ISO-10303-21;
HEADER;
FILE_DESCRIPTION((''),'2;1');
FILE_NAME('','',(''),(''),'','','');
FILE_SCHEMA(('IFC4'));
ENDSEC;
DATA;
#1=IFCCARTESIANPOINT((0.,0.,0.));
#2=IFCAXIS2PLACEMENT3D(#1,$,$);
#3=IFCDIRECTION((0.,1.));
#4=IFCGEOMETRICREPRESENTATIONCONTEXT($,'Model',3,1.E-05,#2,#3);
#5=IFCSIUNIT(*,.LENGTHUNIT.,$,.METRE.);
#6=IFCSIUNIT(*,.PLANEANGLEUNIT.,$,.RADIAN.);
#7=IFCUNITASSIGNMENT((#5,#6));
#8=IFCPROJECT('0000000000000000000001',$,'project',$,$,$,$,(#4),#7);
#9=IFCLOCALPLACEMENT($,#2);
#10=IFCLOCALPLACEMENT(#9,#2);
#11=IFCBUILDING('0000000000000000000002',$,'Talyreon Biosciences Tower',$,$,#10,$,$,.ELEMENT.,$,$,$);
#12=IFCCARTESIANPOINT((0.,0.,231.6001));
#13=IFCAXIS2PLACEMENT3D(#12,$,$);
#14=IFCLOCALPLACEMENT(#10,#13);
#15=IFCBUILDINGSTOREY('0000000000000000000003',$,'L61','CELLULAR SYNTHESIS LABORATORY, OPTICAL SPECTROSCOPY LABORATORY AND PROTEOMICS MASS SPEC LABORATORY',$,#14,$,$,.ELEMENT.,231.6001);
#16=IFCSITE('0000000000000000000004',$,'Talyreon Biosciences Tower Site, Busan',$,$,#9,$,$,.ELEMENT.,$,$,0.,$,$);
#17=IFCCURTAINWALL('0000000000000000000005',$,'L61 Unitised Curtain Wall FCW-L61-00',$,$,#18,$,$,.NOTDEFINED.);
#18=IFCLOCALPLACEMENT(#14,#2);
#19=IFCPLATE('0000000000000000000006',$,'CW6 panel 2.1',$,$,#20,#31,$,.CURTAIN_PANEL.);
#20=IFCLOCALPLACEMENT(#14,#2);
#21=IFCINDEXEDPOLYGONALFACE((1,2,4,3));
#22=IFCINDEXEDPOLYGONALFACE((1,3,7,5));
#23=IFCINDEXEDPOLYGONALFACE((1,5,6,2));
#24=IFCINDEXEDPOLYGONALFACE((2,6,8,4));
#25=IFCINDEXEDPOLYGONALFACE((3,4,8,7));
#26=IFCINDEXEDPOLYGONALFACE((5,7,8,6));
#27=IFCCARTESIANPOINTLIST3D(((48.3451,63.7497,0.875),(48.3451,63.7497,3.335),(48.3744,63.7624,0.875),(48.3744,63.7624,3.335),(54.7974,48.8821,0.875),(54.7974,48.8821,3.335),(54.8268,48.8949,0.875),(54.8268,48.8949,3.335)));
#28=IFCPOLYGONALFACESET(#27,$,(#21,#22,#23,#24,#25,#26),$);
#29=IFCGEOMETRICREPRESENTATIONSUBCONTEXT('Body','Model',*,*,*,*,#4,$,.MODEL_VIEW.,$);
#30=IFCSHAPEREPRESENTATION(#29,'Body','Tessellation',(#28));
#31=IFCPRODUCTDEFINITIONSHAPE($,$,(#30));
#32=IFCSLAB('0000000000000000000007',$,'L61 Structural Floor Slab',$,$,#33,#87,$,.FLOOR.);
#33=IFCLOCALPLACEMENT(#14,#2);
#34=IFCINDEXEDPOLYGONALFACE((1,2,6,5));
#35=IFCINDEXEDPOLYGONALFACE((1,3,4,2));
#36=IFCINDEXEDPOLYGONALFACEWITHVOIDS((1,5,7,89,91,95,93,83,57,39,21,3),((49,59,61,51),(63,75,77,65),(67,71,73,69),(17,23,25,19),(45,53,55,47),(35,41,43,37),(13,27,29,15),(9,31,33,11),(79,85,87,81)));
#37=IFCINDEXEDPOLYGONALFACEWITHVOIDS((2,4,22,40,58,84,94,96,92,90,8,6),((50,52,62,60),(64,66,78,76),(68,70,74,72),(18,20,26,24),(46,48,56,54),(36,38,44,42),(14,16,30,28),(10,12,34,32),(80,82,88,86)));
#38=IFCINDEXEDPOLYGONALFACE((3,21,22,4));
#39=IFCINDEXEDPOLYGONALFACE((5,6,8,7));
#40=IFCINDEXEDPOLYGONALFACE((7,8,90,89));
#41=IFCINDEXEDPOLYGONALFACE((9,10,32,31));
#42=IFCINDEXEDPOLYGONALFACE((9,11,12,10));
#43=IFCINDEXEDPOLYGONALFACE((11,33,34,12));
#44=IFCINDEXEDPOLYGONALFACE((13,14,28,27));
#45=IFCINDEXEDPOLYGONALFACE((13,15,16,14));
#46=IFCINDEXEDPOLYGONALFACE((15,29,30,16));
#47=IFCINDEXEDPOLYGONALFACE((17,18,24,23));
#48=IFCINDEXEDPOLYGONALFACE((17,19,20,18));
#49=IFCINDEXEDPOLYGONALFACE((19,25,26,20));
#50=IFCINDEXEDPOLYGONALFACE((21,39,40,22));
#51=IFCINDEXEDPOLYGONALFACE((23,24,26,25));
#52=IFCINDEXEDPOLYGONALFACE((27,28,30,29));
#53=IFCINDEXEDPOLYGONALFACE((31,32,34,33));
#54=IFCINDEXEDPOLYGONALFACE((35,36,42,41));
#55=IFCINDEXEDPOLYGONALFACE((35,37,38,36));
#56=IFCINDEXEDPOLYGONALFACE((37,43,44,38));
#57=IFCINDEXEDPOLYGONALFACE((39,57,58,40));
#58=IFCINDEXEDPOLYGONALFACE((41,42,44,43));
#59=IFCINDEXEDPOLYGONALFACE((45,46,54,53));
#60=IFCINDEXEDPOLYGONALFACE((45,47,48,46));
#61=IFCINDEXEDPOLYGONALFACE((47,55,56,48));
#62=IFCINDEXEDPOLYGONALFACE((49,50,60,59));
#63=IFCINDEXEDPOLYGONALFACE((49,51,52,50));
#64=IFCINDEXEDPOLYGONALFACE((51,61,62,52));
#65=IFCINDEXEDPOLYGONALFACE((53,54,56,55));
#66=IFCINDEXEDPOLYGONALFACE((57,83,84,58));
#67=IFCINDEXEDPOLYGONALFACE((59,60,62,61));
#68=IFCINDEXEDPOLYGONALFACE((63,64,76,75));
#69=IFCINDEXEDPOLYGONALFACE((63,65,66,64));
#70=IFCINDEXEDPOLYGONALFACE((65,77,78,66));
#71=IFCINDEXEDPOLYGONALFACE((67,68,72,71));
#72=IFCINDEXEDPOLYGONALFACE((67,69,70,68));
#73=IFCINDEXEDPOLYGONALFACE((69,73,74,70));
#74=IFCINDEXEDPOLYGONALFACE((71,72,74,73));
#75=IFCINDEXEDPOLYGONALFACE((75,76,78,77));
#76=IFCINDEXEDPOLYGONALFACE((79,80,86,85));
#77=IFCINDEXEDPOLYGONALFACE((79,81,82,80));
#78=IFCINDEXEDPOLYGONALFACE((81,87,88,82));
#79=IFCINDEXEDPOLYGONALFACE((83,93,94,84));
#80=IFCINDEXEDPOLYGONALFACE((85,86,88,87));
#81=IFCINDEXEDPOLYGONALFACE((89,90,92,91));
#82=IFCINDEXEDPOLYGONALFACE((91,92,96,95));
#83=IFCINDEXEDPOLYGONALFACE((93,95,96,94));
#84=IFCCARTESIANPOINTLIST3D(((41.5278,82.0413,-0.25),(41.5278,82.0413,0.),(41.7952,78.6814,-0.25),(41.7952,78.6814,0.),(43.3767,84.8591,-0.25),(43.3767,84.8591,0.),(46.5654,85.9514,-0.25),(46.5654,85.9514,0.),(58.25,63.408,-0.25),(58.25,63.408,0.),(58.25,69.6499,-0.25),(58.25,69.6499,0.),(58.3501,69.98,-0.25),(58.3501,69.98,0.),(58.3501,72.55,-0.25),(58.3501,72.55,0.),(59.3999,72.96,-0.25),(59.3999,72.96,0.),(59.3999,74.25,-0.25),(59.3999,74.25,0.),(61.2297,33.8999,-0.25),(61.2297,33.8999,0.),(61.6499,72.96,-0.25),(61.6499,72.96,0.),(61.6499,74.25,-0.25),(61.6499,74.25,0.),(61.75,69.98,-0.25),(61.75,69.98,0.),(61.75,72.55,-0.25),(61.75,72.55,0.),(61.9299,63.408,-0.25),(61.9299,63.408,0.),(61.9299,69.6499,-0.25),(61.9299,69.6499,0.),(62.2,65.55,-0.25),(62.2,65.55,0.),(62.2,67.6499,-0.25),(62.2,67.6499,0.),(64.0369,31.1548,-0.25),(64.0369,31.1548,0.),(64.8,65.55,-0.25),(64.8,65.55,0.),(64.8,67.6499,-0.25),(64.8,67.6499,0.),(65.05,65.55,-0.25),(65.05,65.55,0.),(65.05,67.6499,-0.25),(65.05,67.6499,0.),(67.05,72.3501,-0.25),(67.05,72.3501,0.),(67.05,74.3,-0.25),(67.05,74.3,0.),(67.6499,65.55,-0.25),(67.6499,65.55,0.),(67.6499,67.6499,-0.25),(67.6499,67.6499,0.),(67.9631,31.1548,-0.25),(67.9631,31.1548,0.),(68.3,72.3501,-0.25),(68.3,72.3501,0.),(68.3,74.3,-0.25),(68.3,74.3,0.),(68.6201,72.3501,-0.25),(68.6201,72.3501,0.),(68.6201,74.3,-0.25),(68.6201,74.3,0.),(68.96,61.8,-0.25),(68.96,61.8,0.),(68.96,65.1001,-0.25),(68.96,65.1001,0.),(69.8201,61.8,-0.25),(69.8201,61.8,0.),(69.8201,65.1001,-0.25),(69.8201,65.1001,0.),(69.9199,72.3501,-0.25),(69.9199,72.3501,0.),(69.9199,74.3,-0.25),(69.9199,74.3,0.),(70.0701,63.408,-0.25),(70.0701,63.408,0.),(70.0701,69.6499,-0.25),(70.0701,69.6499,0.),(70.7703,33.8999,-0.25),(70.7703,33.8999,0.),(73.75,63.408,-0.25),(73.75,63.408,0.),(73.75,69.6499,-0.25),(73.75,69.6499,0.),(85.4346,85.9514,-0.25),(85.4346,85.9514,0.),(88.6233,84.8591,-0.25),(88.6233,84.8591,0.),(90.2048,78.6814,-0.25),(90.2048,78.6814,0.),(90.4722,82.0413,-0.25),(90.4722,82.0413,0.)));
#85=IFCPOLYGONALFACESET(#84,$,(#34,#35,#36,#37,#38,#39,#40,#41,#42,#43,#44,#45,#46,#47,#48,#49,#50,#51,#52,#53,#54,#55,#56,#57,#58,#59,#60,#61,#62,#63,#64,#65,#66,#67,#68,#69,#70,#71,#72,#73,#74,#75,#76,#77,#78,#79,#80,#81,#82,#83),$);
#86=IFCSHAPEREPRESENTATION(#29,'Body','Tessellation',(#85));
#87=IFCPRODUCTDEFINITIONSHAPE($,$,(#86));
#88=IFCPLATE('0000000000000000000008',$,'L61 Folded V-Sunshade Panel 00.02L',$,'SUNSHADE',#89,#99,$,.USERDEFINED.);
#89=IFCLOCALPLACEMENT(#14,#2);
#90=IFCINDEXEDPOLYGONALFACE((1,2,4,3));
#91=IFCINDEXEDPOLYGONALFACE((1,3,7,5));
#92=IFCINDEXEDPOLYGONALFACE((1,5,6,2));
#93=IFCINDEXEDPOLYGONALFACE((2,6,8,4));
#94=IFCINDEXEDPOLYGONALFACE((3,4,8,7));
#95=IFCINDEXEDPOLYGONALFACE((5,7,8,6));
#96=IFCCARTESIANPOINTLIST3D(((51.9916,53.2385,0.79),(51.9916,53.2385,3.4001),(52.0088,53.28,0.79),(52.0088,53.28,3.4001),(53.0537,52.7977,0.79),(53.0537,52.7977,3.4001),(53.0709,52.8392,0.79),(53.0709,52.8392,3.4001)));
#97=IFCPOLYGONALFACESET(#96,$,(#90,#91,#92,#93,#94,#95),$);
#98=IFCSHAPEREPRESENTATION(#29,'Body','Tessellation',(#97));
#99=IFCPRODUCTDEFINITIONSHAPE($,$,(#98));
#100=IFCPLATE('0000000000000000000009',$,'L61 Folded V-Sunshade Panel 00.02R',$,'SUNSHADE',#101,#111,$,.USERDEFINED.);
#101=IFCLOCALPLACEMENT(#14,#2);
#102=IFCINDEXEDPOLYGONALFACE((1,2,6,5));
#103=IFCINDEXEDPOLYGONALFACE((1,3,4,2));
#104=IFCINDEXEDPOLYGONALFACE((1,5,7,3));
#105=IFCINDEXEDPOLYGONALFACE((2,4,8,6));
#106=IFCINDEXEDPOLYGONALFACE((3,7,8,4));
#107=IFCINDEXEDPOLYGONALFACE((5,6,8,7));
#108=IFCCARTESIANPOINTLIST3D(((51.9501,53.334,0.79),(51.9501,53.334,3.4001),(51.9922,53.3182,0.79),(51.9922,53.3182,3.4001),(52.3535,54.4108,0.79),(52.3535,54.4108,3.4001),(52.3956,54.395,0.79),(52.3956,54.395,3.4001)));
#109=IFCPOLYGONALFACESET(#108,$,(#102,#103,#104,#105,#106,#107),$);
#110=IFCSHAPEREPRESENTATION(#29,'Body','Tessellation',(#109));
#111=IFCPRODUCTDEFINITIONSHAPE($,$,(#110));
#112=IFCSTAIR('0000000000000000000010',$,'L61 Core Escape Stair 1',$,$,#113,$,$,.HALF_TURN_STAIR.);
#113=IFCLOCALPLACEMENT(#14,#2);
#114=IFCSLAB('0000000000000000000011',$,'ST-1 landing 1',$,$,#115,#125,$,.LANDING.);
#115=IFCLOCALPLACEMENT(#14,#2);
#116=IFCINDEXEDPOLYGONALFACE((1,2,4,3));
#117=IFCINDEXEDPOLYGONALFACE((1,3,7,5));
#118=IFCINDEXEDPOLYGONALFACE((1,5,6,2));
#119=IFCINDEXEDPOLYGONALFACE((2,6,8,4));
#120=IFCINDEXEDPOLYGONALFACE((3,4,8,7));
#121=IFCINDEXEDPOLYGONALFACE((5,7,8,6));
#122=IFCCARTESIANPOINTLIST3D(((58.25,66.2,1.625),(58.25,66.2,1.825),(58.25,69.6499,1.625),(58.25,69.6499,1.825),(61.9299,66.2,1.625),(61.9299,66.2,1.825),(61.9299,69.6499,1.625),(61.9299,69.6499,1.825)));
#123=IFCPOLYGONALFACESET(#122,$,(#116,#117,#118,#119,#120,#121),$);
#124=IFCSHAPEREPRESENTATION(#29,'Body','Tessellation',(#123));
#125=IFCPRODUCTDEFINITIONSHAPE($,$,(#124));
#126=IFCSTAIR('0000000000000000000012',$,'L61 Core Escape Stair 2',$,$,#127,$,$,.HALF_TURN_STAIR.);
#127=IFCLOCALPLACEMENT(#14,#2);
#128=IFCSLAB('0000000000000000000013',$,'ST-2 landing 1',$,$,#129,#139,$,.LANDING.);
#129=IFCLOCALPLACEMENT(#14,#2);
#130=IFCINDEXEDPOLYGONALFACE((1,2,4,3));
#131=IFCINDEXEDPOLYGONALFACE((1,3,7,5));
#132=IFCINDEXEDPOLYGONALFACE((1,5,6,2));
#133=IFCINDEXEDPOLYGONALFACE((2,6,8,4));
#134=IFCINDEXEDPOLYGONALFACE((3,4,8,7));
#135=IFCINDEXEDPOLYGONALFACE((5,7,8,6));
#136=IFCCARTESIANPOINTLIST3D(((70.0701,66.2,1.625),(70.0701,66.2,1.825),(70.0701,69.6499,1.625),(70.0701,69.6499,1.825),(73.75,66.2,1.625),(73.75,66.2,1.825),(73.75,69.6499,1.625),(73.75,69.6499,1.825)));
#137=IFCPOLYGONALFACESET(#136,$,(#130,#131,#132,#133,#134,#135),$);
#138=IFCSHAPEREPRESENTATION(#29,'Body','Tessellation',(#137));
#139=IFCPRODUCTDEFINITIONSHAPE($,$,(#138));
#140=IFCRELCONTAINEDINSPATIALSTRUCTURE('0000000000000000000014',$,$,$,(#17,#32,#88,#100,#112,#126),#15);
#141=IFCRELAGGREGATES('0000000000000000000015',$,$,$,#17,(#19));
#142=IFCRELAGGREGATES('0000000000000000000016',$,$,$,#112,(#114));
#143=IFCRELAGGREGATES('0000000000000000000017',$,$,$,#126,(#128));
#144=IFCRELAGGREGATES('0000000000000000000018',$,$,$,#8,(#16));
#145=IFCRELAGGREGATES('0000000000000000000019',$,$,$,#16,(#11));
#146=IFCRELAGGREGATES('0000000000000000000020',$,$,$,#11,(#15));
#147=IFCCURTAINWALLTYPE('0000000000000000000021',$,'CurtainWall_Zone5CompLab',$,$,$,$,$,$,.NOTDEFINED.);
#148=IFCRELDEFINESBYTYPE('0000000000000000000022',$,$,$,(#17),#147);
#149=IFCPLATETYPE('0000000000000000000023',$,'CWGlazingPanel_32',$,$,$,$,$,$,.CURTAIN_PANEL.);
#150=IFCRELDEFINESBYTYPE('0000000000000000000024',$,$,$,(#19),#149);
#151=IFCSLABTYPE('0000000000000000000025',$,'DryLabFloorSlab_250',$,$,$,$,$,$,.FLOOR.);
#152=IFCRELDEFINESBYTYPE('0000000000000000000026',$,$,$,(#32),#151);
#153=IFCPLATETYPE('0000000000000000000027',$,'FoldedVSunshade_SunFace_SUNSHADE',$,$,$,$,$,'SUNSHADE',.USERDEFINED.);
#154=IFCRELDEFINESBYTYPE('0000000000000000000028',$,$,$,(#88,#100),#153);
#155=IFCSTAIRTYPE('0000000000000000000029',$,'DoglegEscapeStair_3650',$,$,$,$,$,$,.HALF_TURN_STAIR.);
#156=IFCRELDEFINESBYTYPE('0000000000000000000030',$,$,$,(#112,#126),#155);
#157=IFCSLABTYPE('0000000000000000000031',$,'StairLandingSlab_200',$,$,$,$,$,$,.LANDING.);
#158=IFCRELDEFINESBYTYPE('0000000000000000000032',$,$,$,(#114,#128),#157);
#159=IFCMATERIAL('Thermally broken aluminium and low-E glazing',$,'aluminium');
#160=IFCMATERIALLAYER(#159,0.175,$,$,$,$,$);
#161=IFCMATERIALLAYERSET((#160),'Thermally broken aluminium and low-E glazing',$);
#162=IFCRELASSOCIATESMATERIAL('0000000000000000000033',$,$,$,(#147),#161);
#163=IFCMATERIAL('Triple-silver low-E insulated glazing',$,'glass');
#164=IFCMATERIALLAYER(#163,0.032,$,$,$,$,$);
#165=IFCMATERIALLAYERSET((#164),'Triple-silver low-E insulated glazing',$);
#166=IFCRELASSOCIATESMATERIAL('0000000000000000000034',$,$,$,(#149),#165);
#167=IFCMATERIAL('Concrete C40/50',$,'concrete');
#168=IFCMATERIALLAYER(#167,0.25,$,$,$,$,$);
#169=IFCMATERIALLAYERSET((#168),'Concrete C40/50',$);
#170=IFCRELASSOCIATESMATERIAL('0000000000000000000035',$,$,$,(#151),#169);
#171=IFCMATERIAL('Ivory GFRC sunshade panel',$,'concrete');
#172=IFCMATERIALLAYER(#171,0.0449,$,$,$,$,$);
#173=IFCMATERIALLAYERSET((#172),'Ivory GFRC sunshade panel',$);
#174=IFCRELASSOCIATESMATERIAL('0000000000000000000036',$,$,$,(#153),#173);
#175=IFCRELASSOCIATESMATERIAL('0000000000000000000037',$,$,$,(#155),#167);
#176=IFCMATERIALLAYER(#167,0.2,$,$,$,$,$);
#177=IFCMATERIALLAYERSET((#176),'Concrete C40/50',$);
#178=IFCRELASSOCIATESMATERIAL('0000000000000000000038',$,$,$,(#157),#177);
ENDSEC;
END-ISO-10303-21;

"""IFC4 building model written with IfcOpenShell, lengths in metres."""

from ifc_helpers import new_model, si_unit, direction, frame, origin, origin_2d, place, context, subcontext, project, spatial, polyline, rectangle, outline, extrude, material, layer, layer_set, type_object, element, aggregate, save


model = new_model("IFC4")

# Units and contexts
model_context = context("Model", 3, precision=1e-05, world=origin(), true_north=direction((0.0, 1.0)))
body_context = subcontext(model_context, "Body", "Model", "MODEL_VIEW")
ifc_project = project(units=[si_unit("LENGTHUNIT", "METRE"), si_unit("PLANEANGLEUNIT", "RADIAN")], contexts=[model_context])

# Site, building, storey
site_placement = place(None, origin())
site = spatial("IfcSite", under=ifc_project, at=site_placement, Name="Talyreon Biosciences Tower Site, Busan", CompositionType="ELEMENT", RefElevation=0.0)
building_placement = place(site_placement, origin())
building = spatial("IfcBuilding", under=site, at=building_placement, Name="Talyreon Biosciences Tower", CompositionType="ELEMENT")
storey_placement = place(building_placement, frame((0.0, 0.0, 231.6001)))
storey = spatial("IfcBuildingStorey", under=building, at=storey_placement, Name="L61", Description="CELLULAR SYNTHESIS LABORATORY, OPTICAL SPECTROSCOPY LABORATORY AND PROTEOMICS MASS SPEC LABORATORY", CompositionType="ELEMENT", Elevation=231.6001)

# Curtain wall
ifc_material_1 = material(Name="Thermally broken aluminium and low-E glazing", Category="aluminium")
ifc_layer_1 = layer(ifc_material_1, 0.175)
ifc_layer_set_1 = layer_set([ifc_layer_1], Name="Thermally broken aluminium and low-E glazing")
curtain_wall_type = type_object("IfcCurtainWallType", Name="CurtainWall_Zone5CompLab", PredefinedType="NOTDEFINED", material=ifc_layer_set_1)
curtain_wall_placement = place(storey_placement, origin())
curtain_wall = element("IfcCurtainWall", 1, at=curtain_wall_placement, inside=storey, type_object=curtain_wall_type, Name="L61 Unitised Curtain Wall FCW-L61-00", PredefinedType="NOTDEFINED")

# Plate
ifc_material_2 = material(Name="Triple-silver low-E insulated glazing", Category="glass")
ifc_layer_2 = layer(ifc_material_2, 0.032)
ifc_layer_set_2 = layer_set([ifc_layer_2], Name="Triple-silver low-E insulated glazing")
plate_type_1 = type_object("IfcPlateType", Name="CWGlazingPanel_32", PredefinedType="CURTAIN_PANEL", material=ifc_layer_set_2)
plate_placement = place(storey_placement, frame((51.5859, 56.3223, 0.875), z_axis=(0.0, 0.0, 1.0), x_axis=(-0.398112, 0.917337, 0.0)))
plate = element("IfcPlate", 2, at=plate_placement, type_object=plate_type_1, Name="CW6 panel 2.1", PredefinedType="CURTAIN_PANEL", context=body_context, shape_type="SweptSolid", body=[
    extrude(rectangle(XDim=16.2073, YDim=0.032, at=origin_2d()), origin(), (0.0, 0.0, 1.0), 2.46),
])
aggregate(curtain_wall, [plate])

# Slab
ifc_material_3 = material(Name="Concrete C40/50", Category="concrete")
ifc_layer_3 = layer(ifc_material_3, 0.25)
ifc_layer_set_3 = layer_set([ifc_layer_3], Name="Concrete C40/50")
slab_type_1 = type_object("IfcSlabType", Name="DryLabFloorSlab_250", PredefinedType="FLOOR", material=ifc_layer_set_3)
slab_1_placement = place(storey_placement, frame((0.0, 0.0, -0.25)))
element("IfcSlab", 3, at=slab_1_placement, inside=storey, type_object=slab_type_1, Name="L61 Structural Floor Slab", PredefinedType="FLOOR", context=body_context, shape_type="SweptSolid", body=[
    extrude(outline(polyline([(61.2297, 33.8999), (41.7952, 78.6814), (41.5278, 82.0413), (43.3767, 84.8591), (46.5654, 85.9514), (85.4346, 85.9514), (88.6233, 84.8591), (90.4722, 82.0413), (90.2048, 78.6814), (70.7703, 33.8999), (67.9631, 31.1548), (64.0369, 31.1548), (61.2297, 33.8999)]), holes=[polyline([(69.8201, 65.1001), (69.8201, 61.8), (68.96, 61.8), (68.96, 65.1001), (69.8201, 65.1001)]), polyline([(61.9299, 69.6499), (61.9299, 63.408), (58.25, 63.408), (58.25, 69.6499), (61.9299, 69.6499)]), polyline([(73.75, 69.6499), (73.75, 63.408), (70.0701, 63.408), (70.0701, 69.6499), (73.75, 69.6499)]), polyline([(64.8, 67.6499), (64.8, 65.55), (62.2, 65.55), (62.2, 67.6499), (64.8, 67.6499)]), polyline([(67.6499, 67.6499), (67.6499, 65.55), (65.05, 65.55), (65.05, 67.6499), (67.6499, 67.6499)]), polyline([(61.75, 72.55), (61.75, 69.98), (58.3501, 69.98), (58.3501, 72.55), (61.75, 72.55)]), polyline([(68.3, 74.3), (68.3, 72.3501), (67.05, 72.3501), (67.05, 74.3), (68.3, 74.3)]), polyline([(69.9199, 72.3501), (68.6201, 72.3501), (68.6201, 74.3), (69.9199, 74.3), (69.9199, 72.3501)]), polyline([(61.6499, 72.96), (59.3999, 72.96), (59.3999, 74.25), (61.6499, 74.25), (61.6499, 72.96)])]), origin(), (0.0, 0.0, 1.0), 0.25),
])

# Plates
ifc_material_4 = material(Name="Ivory GFRC sunshade panel", Category="concrete")
ifc_layer_4 = layer(ifc_material_4, 0.0449)
ifc_layer_set_4 = layer_set([ifc_layer_4], Name="Ivory GFRC sunshade panel")
plate_type_2 = type_object("IfcPlateType", Name="FoldedVSunshade_SunFace_SUNSHADE", ElementType="SUNSHADE", PredefinedType="USERDEFINED", material=ifc_layer_set_4)
for number, where, z_axis, x_axis, name in (
    (4, (52.5312, 53.0388, 0.79), (0.0, 0.0, 1.0), (-0.923612, 0.383328, 0.0), "L61 Folded V-Sunshade Panel 00.02L"),
    (5, (52.1729, 53.8645, 0.79), (0.0, 0.0, 1.0), (0.350861, 0.936427, 0.0), "L61 Folded V-Sunshade Panel 00.02R"),
):
    element("IfcPlate", number, at=place(storey_placement, frame(where, z_axis=z_axis, x_axis=x_axis)), inside=storey, type_object=plate_type_2, Name=name, ObjectType="SUNSHADE", PredefinedType="USERDEFINED", context=body_context, shape_type="SweptSolid", body=[
        extrude(rectangle(XDim=1.1499, YDim=0.0449, at=origin_2d()), origin(), (0.0, 0.0, 1.0), 2.6101),
    ])

# Stairs, slabs
stair_type = type_object("IfcStairType", Name="DoglegEscapeStair_3650", PredefinedType="HALF_TURN_STAIR", material=ifc_material_3)
stair_1_placement = place(storey_placement, origin())
stair_1 = element("IfcStair", 6, at=stair_1_placement, inside=storey, type_object=stair_type, Name="L61 Core Escape Stair 1", PredefinedType="HALF_TURN_STAIR")
ifc_layer_5 = layer(ifc_material_3, 0.2)
ifc_layer_set_5 = layer_set([ifc_layer_5], Name="Concrete C40/50")
slab_type_2 = type_object("IfcSlabType", Name="StairLandingSlab_200", PredefinedType="LANDING", material=ifc_layer_set_5)
slab_2_placement = place(storey_placement, frame((0.0, 0.0, 1.625)))
slab_2 = element("IfcSlab", 7, at=slab_2_placement, type_object=slab_type_2, Name="ST-1 landing 1", PredefinedType="LANDING", context=body_context, shape_type="SweptSolid", body=[
    extrude(outline(polyline([(61.9299, 66.2), (61.9299, 69.6499), (58.25, 69.6499), (58.25, 66.2), (61.9299, 66.2)])), origin(), (0.0, 0.0, 1.0), 0.2),
])
aggregate(stair_1, [slab_2])
stair_2_placement = place(storey_placement, origin())
stair_2 = element("IfcStair", 8, at=stair_2_placement, inside=storey, type_object=stair_type, Name="L61 Core Escape Stair 2", PredefinedType="HALF_TURN_STAIR")
slab_3_placement = place(storey_placement, frame((0.0, 0.0, 1.625)))
slab_3 = element("IfcSlab", 9, at=slab_3_placement, type_object=slab_type_2, Name="ST-2 landing 1", PredefinedType="LANDING", context=body_context, shape_type="SweptSolid", body=[
    extrude(outline(polyline([(73.75, 66.2), (73.75, 69.6499), (70.0701, 69.6499), (70.0701, 66.2), (73.75, 66.2)])), origin(), (0.0, 0.0, 1.0), 0.2),
])
aggregate(stair_2, [slab_3])

save(model, "model.ifc")
